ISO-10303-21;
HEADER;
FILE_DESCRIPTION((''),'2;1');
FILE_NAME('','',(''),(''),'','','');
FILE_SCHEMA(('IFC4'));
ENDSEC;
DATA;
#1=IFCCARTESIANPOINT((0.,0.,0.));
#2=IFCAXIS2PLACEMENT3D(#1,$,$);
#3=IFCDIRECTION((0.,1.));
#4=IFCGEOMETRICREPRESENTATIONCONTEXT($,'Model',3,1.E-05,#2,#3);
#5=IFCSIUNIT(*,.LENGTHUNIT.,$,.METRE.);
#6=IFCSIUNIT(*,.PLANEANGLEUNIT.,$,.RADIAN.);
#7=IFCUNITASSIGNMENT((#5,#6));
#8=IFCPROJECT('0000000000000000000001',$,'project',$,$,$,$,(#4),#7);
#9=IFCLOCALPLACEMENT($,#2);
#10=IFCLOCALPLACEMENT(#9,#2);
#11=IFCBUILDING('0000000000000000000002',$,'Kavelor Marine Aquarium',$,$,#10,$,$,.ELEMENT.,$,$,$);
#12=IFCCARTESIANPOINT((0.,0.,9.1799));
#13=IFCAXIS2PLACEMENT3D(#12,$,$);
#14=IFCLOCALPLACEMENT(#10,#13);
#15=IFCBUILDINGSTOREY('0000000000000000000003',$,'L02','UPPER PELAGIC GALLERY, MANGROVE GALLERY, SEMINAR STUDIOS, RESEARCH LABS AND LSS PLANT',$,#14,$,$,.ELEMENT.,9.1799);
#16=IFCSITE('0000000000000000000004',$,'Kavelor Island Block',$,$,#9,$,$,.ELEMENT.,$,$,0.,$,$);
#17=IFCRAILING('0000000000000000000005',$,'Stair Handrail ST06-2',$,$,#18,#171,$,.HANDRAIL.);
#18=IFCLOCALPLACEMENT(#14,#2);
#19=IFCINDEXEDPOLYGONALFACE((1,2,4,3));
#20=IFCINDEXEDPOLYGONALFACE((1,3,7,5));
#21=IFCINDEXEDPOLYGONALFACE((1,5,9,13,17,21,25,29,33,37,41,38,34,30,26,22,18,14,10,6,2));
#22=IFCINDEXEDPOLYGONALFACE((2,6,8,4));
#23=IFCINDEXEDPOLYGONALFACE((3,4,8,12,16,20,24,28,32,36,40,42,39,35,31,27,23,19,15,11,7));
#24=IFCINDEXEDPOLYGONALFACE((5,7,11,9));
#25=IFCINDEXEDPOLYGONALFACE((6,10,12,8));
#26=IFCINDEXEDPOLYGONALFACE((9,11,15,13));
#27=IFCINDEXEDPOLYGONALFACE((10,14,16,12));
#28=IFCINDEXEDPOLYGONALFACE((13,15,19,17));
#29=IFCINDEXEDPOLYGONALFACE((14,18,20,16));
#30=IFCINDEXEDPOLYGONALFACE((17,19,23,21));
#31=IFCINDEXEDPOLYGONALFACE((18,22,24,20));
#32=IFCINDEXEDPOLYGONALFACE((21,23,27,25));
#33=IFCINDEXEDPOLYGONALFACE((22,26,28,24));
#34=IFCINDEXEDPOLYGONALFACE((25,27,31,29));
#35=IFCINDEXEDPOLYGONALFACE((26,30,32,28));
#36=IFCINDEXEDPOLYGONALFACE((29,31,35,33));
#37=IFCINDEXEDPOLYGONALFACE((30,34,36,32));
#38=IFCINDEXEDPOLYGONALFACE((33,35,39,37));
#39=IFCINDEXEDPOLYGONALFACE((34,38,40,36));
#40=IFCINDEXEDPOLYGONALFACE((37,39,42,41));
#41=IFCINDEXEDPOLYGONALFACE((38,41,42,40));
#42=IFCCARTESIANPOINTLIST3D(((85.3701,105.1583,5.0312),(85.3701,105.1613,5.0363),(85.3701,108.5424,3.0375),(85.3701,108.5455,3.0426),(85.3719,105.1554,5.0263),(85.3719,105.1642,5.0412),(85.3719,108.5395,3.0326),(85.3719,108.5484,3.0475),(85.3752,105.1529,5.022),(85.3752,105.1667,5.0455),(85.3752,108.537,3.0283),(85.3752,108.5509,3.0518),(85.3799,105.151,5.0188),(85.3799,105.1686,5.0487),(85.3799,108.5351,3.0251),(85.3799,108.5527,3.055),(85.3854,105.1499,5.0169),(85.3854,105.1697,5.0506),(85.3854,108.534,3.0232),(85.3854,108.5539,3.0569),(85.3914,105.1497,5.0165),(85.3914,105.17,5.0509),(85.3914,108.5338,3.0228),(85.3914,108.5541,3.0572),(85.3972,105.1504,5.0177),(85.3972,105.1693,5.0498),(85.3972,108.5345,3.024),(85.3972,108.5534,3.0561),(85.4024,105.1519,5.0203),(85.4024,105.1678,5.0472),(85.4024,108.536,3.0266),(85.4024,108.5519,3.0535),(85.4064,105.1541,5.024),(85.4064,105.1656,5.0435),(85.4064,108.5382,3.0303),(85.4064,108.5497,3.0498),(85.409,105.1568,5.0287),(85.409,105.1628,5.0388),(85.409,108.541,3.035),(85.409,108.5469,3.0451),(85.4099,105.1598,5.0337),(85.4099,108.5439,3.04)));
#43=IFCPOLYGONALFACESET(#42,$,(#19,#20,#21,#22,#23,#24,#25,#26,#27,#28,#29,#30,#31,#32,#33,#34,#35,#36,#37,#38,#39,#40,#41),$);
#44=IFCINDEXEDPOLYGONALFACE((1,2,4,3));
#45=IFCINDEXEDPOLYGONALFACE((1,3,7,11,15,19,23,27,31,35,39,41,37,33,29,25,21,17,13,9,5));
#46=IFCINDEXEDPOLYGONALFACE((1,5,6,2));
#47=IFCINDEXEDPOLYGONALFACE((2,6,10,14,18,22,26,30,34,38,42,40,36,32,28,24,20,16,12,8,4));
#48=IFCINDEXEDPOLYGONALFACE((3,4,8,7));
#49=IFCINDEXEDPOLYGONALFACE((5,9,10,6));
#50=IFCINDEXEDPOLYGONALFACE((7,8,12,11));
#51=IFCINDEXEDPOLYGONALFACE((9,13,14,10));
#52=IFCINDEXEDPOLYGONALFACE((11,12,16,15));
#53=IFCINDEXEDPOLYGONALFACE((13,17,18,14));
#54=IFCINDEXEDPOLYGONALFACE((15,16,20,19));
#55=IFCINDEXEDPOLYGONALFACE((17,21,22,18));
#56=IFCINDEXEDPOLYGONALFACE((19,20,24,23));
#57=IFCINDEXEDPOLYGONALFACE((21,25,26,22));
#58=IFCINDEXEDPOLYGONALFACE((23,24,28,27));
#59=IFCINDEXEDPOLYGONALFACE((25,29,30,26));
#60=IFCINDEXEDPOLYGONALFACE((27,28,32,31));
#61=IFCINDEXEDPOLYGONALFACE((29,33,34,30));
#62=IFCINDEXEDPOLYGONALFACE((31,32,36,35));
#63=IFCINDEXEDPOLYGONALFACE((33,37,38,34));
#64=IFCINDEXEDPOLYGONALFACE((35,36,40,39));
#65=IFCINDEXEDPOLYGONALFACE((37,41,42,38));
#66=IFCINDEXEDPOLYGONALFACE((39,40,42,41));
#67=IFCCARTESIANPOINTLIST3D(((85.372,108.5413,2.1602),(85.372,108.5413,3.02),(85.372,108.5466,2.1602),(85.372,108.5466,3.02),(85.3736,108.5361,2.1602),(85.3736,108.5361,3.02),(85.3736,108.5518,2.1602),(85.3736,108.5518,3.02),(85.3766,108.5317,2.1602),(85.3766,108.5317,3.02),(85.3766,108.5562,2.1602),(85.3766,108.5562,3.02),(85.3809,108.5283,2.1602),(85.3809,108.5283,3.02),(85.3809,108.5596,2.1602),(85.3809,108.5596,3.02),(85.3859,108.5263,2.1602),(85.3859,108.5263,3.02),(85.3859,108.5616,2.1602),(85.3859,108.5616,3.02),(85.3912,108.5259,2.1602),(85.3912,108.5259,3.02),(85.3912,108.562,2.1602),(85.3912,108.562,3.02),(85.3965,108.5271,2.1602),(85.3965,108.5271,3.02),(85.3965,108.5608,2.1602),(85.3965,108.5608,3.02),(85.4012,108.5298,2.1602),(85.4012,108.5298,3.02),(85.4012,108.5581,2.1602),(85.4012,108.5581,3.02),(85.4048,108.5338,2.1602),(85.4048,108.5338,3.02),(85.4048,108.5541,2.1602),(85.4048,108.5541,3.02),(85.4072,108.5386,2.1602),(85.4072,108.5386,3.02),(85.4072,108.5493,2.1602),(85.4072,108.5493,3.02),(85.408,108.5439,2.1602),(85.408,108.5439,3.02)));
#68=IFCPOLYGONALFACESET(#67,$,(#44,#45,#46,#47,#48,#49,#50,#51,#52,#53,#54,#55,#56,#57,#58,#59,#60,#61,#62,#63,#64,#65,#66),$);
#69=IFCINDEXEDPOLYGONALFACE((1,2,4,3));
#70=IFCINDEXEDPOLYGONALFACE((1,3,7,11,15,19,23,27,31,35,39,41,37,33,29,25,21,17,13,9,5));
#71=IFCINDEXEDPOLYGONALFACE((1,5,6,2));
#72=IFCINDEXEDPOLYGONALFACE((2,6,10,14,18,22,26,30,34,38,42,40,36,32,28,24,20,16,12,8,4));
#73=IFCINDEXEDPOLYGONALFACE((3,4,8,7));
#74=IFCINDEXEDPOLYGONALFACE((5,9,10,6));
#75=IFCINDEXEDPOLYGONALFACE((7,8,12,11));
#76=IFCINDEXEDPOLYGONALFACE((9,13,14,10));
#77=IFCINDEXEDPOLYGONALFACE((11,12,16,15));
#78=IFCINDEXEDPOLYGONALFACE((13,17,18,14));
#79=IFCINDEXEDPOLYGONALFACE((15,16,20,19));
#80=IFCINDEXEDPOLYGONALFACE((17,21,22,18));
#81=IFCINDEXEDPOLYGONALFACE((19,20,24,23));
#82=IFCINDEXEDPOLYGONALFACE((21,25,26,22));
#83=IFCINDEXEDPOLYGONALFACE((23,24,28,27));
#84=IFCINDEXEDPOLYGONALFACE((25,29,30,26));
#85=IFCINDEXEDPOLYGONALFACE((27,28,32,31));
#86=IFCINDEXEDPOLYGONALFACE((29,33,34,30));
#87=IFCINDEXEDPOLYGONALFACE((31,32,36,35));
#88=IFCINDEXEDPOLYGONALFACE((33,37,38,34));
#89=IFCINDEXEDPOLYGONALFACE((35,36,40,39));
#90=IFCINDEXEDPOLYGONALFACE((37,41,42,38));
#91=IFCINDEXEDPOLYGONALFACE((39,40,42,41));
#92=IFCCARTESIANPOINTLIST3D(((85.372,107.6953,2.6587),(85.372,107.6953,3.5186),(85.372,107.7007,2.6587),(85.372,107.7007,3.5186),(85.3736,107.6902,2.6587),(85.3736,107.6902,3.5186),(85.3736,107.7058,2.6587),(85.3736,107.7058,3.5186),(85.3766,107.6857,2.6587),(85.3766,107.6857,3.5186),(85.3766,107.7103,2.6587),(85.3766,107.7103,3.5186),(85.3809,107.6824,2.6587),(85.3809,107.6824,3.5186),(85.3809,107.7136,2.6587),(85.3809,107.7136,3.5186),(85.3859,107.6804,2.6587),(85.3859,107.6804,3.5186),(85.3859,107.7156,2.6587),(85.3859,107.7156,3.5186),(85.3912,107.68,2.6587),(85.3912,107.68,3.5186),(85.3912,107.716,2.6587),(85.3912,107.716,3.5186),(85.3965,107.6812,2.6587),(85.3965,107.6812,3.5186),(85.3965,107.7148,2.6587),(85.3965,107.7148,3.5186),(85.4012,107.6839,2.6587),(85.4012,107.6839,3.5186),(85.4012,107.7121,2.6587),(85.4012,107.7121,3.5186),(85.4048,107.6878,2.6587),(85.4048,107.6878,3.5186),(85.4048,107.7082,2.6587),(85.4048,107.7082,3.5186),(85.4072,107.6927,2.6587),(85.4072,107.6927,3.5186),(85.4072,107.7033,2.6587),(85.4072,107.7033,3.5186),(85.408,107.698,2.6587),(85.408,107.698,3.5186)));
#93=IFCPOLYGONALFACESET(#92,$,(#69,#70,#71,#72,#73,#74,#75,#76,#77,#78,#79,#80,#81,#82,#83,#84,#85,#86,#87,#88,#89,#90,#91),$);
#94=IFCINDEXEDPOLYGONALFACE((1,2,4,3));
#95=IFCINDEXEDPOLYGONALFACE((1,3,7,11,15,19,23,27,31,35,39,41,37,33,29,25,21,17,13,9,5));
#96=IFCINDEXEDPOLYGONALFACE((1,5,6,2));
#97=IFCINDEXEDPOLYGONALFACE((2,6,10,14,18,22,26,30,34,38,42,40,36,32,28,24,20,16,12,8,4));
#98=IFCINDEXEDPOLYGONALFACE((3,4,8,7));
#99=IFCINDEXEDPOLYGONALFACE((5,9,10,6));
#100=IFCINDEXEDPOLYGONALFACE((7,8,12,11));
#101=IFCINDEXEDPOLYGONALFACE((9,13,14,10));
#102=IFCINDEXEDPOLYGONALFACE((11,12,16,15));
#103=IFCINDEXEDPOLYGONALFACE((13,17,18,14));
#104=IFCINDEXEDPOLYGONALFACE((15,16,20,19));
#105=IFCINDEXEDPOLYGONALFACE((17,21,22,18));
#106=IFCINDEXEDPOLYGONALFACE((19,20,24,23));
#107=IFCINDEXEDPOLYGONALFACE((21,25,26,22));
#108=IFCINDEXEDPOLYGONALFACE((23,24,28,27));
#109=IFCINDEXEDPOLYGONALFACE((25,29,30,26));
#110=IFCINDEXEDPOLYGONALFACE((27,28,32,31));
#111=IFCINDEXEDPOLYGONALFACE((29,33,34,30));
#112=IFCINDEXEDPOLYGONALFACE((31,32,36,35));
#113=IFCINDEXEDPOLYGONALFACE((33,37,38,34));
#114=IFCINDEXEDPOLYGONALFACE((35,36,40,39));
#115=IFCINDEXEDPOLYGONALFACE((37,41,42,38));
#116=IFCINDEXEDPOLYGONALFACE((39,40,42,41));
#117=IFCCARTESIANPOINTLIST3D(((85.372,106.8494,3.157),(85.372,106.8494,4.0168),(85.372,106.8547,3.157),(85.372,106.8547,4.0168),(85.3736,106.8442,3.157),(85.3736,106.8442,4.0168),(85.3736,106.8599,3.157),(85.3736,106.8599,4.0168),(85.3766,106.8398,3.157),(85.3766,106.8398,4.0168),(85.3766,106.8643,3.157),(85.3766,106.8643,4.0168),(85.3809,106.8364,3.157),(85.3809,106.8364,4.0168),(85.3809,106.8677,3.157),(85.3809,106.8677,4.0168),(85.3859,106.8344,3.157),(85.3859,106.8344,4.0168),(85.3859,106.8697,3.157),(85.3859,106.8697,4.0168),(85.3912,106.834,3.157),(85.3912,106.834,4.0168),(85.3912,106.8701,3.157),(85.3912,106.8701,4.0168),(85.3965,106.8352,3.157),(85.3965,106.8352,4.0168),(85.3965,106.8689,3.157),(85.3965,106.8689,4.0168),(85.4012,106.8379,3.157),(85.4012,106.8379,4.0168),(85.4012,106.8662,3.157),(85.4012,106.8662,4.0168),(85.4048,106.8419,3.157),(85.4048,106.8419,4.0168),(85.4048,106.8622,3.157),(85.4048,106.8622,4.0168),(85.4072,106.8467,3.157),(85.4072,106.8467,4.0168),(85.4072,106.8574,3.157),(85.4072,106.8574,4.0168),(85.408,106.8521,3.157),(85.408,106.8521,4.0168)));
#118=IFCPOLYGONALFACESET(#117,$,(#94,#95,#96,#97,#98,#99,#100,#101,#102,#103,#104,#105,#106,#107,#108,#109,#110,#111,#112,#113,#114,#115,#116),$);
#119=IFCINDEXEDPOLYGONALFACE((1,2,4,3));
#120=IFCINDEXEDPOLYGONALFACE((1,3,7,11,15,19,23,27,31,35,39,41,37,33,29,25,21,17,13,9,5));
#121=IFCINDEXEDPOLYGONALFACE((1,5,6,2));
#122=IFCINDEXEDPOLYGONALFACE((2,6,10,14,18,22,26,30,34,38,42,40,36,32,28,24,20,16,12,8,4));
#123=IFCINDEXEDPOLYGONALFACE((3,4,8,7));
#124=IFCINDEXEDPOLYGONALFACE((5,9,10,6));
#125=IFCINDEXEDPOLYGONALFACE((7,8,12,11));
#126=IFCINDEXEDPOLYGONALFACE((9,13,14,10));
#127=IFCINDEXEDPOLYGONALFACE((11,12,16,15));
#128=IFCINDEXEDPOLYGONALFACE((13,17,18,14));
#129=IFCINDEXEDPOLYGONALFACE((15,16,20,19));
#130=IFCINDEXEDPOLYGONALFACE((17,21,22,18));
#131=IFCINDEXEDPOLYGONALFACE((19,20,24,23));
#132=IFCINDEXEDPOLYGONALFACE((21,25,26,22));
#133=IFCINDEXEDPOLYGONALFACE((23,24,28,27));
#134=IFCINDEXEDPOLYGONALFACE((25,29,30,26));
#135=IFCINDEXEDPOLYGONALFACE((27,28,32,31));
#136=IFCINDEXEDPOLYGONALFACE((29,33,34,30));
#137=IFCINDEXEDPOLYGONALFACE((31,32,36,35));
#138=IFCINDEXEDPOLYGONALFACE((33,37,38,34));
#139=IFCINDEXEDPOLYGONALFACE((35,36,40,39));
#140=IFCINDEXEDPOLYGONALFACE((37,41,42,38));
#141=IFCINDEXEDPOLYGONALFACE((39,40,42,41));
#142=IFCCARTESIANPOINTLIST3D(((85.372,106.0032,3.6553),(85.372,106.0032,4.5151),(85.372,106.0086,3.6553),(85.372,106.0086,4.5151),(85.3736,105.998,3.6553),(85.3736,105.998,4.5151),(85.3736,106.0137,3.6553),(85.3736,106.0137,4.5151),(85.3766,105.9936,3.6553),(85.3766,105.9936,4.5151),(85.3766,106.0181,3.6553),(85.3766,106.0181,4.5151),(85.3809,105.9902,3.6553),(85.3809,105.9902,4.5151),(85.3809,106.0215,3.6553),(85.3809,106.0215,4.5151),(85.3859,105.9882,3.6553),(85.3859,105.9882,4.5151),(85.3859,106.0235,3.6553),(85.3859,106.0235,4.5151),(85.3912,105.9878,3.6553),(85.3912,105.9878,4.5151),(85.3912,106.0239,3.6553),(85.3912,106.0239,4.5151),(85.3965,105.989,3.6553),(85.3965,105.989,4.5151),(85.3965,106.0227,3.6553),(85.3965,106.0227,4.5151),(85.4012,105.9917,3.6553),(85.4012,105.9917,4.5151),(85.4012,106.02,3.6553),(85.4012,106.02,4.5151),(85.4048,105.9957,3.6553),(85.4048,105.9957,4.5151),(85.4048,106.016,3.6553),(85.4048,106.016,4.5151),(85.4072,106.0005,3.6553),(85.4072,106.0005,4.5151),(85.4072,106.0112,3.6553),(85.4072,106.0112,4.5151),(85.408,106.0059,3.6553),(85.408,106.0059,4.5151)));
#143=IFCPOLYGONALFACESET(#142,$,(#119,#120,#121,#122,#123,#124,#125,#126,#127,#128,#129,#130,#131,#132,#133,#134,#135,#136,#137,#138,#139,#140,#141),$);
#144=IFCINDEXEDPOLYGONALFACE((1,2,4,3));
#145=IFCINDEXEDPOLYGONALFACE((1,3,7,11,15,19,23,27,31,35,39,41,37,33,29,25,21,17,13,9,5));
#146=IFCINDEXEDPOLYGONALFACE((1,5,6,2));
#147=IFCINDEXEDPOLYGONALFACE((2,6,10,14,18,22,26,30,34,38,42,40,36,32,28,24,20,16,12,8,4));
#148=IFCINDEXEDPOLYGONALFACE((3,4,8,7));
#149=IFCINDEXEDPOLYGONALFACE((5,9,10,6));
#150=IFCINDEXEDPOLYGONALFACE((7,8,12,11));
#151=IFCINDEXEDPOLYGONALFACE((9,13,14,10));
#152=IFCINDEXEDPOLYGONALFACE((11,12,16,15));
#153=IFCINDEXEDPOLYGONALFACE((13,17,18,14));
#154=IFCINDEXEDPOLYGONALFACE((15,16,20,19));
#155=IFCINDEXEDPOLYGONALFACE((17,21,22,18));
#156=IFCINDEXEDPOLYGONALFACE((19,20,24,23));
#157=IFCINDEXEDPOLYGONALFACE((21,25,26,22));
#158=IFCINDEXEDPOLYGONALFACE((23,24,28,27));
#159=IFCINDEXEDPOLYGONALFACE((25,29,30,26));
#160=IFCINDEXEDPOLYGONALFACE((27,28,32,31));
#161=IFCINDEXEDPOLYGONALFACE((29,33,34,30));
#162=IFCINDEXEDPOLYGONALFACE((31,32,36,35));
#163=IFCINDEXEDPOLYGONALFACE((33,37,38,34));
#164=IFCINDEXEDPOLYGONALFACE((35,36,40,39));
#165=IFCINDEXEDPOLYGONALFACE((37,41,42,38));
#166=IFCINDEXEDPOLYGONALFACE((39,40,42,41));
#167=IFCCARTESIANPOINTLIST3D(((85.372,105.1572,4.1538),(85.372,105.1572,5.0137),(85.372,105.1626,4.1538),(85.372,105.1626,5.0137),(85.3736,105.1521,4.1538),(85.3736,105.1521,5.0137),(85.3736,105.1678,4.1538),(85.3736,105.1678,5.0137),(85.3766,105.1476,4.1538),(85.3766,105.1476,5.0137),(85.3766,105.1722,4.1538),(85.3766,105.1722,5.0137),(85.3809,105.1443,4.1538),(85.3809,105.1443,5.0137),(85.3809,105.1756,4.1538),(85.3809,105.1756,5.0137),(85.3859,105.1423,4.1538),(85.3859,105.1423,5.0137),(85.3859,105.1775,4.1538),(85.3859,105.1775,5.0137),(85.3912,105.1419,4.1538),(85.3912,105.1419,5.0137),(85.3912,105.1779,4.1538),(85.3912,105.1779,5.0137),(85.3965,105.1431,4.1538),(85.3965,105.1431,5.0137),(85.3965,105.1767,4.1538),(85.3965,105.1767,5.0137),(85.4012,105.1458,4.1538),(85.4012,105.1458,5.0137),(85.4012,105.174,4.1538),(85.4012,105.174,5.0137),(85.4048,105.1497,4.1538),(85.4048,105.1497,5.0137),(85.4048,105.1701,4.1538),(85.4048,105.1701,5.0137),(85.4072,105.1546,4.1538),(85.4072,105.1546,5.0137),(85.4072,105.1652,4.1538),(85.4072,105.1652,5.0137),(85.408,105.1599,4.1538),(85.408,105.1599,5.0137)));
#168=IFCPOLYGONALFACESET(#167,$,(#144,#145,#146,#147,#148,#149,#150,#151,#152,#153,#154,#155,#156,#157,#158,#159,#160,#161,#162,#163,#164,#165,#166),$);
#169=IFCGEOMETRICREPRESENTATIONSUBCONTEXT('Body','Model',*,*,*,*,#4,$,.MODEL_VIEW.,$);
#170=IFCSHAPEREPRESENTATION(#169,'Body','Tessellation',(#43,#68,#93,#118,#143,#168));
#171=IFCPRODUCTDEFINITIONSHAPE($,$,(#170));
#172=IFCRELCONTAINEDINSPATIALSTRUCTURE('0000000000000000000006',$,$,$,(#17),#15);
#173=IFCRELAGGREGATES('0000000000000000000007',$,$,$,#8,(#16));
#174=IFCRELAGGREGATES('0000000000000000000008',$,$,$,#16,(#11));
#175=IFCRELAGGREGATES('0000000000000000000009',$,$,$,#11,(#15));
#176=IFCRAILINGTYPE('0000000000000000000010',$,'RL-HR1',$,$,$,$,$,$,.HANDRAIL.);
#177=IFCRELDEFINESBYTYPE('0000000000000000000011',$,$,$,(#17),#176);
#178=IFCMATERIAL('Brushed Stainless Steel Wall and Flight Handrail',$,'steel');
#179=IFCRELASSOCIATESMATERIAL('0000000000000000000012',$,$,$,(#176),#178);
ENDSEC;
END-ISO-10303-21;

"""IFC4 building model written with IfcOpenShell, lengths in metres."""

from ifc_helpers import new_model, si_unit, direction, frame, origin, origin_2d, place, context, subcontext, project, spatial, circle, extrude, material, type_object, element, save


model = new_model("IFC4")

# Units and contexts
model_context = context("Model", 3, precision=1e-05, world=origin(), true_north=direction((0.0, 1.0)))
body_context = subcontext(model_context, "Body", "Model", "MODEL_VIEW")
ifc_project = project(units=[si_unit("LENGTHUNIT", "METRE"), si_unit("PLANEANGLEUNIT", "RADIAN")], contexts=[model_context])

# Site, building, storey
site_placement = place(None, origin())
site = spatial("IfcSite", under=ifc_project, at=site_placement, Name="Kavelor Island Block", CompositionType="ELEMENT", RefElevation=0.0)
building_placement = place(site_placement, origin())
building = spatial("IfcBuilding", under=site, at=building_placement, Name="Kavelor Marine Aquarium", CompositionType="ELEMENT")
storey_placement = place(building_placement, frame((0.0, 0.0, 9.1799)))
storey = spatial("IfcBuildingStorey", under=building, at=storey_placement, Name="L02", Description="UPPER PELAGIC GALLERY, MANGROVE GALLERY, SEMINAR STUDIOS, RESEARCH LABS AND LSS PLANT", CompositionType="ELEMENT", Elevation=9.1799)

# Railing
ifc_material_1 = material(Name="Brushed Stainless Steel Wall and Flight Handrail", Category="steel")
railing_type_1 = type_object("IfcRailingType", Name="RL-HR1", PredefinedType="HANDRAIL", material=ifc_material_1)
railing_1_placement = place(storey_placement, frame((85.3899, 108.5439, 2.1602)))
element("IfcRailing", 1, at=railing_1_placement, inside=storey, type_object=railing_type_1, Name="Stair Handrail ST06-2", PredefinedType="HANDRAIL", context=body_context, shape_type="SweptSolid", body=[
    extrude(circle(Radius=0.02, at=origin_2d()), frame((0.0, 0.0, 0.8799), z_axis=(0.0, -0.861595, 0.507596), x_axis=(1.0, 0.0, 0.0)), (0.0, 0.0, 1.0), 3.9277),
    extrude(circle(Radius=0.0181, at=origin_2d()), origin(), (0.0, 0.0, 1.0), 0.8599),
    extrude(circle(Radius=0.0181, at=origin_2d()), frame((0.0, -0.8459, 0.4985)), (0.0, 0.0, 1.0), 0.8599),
    extrude(circle(Radius=0.0181, at=origin_2d()), frame((0.0, -1.6919, 0.9968)), (0.0, 0.0, 1.0), 0.8599),
    extrude(circle(Radius=0.0181, at=origin_2d()), frame((0.0, -2.5381, 1.4951)), (0.0, 0.0, 1.0), 0.8599),
    extrude(circle(Radius=0.0181, at=origin_2d()), frame((0.0, -3.384, 1.9937)), (0.0, 0.0, 1.0), 0.8599),
])

save(model, "model.ifc")
